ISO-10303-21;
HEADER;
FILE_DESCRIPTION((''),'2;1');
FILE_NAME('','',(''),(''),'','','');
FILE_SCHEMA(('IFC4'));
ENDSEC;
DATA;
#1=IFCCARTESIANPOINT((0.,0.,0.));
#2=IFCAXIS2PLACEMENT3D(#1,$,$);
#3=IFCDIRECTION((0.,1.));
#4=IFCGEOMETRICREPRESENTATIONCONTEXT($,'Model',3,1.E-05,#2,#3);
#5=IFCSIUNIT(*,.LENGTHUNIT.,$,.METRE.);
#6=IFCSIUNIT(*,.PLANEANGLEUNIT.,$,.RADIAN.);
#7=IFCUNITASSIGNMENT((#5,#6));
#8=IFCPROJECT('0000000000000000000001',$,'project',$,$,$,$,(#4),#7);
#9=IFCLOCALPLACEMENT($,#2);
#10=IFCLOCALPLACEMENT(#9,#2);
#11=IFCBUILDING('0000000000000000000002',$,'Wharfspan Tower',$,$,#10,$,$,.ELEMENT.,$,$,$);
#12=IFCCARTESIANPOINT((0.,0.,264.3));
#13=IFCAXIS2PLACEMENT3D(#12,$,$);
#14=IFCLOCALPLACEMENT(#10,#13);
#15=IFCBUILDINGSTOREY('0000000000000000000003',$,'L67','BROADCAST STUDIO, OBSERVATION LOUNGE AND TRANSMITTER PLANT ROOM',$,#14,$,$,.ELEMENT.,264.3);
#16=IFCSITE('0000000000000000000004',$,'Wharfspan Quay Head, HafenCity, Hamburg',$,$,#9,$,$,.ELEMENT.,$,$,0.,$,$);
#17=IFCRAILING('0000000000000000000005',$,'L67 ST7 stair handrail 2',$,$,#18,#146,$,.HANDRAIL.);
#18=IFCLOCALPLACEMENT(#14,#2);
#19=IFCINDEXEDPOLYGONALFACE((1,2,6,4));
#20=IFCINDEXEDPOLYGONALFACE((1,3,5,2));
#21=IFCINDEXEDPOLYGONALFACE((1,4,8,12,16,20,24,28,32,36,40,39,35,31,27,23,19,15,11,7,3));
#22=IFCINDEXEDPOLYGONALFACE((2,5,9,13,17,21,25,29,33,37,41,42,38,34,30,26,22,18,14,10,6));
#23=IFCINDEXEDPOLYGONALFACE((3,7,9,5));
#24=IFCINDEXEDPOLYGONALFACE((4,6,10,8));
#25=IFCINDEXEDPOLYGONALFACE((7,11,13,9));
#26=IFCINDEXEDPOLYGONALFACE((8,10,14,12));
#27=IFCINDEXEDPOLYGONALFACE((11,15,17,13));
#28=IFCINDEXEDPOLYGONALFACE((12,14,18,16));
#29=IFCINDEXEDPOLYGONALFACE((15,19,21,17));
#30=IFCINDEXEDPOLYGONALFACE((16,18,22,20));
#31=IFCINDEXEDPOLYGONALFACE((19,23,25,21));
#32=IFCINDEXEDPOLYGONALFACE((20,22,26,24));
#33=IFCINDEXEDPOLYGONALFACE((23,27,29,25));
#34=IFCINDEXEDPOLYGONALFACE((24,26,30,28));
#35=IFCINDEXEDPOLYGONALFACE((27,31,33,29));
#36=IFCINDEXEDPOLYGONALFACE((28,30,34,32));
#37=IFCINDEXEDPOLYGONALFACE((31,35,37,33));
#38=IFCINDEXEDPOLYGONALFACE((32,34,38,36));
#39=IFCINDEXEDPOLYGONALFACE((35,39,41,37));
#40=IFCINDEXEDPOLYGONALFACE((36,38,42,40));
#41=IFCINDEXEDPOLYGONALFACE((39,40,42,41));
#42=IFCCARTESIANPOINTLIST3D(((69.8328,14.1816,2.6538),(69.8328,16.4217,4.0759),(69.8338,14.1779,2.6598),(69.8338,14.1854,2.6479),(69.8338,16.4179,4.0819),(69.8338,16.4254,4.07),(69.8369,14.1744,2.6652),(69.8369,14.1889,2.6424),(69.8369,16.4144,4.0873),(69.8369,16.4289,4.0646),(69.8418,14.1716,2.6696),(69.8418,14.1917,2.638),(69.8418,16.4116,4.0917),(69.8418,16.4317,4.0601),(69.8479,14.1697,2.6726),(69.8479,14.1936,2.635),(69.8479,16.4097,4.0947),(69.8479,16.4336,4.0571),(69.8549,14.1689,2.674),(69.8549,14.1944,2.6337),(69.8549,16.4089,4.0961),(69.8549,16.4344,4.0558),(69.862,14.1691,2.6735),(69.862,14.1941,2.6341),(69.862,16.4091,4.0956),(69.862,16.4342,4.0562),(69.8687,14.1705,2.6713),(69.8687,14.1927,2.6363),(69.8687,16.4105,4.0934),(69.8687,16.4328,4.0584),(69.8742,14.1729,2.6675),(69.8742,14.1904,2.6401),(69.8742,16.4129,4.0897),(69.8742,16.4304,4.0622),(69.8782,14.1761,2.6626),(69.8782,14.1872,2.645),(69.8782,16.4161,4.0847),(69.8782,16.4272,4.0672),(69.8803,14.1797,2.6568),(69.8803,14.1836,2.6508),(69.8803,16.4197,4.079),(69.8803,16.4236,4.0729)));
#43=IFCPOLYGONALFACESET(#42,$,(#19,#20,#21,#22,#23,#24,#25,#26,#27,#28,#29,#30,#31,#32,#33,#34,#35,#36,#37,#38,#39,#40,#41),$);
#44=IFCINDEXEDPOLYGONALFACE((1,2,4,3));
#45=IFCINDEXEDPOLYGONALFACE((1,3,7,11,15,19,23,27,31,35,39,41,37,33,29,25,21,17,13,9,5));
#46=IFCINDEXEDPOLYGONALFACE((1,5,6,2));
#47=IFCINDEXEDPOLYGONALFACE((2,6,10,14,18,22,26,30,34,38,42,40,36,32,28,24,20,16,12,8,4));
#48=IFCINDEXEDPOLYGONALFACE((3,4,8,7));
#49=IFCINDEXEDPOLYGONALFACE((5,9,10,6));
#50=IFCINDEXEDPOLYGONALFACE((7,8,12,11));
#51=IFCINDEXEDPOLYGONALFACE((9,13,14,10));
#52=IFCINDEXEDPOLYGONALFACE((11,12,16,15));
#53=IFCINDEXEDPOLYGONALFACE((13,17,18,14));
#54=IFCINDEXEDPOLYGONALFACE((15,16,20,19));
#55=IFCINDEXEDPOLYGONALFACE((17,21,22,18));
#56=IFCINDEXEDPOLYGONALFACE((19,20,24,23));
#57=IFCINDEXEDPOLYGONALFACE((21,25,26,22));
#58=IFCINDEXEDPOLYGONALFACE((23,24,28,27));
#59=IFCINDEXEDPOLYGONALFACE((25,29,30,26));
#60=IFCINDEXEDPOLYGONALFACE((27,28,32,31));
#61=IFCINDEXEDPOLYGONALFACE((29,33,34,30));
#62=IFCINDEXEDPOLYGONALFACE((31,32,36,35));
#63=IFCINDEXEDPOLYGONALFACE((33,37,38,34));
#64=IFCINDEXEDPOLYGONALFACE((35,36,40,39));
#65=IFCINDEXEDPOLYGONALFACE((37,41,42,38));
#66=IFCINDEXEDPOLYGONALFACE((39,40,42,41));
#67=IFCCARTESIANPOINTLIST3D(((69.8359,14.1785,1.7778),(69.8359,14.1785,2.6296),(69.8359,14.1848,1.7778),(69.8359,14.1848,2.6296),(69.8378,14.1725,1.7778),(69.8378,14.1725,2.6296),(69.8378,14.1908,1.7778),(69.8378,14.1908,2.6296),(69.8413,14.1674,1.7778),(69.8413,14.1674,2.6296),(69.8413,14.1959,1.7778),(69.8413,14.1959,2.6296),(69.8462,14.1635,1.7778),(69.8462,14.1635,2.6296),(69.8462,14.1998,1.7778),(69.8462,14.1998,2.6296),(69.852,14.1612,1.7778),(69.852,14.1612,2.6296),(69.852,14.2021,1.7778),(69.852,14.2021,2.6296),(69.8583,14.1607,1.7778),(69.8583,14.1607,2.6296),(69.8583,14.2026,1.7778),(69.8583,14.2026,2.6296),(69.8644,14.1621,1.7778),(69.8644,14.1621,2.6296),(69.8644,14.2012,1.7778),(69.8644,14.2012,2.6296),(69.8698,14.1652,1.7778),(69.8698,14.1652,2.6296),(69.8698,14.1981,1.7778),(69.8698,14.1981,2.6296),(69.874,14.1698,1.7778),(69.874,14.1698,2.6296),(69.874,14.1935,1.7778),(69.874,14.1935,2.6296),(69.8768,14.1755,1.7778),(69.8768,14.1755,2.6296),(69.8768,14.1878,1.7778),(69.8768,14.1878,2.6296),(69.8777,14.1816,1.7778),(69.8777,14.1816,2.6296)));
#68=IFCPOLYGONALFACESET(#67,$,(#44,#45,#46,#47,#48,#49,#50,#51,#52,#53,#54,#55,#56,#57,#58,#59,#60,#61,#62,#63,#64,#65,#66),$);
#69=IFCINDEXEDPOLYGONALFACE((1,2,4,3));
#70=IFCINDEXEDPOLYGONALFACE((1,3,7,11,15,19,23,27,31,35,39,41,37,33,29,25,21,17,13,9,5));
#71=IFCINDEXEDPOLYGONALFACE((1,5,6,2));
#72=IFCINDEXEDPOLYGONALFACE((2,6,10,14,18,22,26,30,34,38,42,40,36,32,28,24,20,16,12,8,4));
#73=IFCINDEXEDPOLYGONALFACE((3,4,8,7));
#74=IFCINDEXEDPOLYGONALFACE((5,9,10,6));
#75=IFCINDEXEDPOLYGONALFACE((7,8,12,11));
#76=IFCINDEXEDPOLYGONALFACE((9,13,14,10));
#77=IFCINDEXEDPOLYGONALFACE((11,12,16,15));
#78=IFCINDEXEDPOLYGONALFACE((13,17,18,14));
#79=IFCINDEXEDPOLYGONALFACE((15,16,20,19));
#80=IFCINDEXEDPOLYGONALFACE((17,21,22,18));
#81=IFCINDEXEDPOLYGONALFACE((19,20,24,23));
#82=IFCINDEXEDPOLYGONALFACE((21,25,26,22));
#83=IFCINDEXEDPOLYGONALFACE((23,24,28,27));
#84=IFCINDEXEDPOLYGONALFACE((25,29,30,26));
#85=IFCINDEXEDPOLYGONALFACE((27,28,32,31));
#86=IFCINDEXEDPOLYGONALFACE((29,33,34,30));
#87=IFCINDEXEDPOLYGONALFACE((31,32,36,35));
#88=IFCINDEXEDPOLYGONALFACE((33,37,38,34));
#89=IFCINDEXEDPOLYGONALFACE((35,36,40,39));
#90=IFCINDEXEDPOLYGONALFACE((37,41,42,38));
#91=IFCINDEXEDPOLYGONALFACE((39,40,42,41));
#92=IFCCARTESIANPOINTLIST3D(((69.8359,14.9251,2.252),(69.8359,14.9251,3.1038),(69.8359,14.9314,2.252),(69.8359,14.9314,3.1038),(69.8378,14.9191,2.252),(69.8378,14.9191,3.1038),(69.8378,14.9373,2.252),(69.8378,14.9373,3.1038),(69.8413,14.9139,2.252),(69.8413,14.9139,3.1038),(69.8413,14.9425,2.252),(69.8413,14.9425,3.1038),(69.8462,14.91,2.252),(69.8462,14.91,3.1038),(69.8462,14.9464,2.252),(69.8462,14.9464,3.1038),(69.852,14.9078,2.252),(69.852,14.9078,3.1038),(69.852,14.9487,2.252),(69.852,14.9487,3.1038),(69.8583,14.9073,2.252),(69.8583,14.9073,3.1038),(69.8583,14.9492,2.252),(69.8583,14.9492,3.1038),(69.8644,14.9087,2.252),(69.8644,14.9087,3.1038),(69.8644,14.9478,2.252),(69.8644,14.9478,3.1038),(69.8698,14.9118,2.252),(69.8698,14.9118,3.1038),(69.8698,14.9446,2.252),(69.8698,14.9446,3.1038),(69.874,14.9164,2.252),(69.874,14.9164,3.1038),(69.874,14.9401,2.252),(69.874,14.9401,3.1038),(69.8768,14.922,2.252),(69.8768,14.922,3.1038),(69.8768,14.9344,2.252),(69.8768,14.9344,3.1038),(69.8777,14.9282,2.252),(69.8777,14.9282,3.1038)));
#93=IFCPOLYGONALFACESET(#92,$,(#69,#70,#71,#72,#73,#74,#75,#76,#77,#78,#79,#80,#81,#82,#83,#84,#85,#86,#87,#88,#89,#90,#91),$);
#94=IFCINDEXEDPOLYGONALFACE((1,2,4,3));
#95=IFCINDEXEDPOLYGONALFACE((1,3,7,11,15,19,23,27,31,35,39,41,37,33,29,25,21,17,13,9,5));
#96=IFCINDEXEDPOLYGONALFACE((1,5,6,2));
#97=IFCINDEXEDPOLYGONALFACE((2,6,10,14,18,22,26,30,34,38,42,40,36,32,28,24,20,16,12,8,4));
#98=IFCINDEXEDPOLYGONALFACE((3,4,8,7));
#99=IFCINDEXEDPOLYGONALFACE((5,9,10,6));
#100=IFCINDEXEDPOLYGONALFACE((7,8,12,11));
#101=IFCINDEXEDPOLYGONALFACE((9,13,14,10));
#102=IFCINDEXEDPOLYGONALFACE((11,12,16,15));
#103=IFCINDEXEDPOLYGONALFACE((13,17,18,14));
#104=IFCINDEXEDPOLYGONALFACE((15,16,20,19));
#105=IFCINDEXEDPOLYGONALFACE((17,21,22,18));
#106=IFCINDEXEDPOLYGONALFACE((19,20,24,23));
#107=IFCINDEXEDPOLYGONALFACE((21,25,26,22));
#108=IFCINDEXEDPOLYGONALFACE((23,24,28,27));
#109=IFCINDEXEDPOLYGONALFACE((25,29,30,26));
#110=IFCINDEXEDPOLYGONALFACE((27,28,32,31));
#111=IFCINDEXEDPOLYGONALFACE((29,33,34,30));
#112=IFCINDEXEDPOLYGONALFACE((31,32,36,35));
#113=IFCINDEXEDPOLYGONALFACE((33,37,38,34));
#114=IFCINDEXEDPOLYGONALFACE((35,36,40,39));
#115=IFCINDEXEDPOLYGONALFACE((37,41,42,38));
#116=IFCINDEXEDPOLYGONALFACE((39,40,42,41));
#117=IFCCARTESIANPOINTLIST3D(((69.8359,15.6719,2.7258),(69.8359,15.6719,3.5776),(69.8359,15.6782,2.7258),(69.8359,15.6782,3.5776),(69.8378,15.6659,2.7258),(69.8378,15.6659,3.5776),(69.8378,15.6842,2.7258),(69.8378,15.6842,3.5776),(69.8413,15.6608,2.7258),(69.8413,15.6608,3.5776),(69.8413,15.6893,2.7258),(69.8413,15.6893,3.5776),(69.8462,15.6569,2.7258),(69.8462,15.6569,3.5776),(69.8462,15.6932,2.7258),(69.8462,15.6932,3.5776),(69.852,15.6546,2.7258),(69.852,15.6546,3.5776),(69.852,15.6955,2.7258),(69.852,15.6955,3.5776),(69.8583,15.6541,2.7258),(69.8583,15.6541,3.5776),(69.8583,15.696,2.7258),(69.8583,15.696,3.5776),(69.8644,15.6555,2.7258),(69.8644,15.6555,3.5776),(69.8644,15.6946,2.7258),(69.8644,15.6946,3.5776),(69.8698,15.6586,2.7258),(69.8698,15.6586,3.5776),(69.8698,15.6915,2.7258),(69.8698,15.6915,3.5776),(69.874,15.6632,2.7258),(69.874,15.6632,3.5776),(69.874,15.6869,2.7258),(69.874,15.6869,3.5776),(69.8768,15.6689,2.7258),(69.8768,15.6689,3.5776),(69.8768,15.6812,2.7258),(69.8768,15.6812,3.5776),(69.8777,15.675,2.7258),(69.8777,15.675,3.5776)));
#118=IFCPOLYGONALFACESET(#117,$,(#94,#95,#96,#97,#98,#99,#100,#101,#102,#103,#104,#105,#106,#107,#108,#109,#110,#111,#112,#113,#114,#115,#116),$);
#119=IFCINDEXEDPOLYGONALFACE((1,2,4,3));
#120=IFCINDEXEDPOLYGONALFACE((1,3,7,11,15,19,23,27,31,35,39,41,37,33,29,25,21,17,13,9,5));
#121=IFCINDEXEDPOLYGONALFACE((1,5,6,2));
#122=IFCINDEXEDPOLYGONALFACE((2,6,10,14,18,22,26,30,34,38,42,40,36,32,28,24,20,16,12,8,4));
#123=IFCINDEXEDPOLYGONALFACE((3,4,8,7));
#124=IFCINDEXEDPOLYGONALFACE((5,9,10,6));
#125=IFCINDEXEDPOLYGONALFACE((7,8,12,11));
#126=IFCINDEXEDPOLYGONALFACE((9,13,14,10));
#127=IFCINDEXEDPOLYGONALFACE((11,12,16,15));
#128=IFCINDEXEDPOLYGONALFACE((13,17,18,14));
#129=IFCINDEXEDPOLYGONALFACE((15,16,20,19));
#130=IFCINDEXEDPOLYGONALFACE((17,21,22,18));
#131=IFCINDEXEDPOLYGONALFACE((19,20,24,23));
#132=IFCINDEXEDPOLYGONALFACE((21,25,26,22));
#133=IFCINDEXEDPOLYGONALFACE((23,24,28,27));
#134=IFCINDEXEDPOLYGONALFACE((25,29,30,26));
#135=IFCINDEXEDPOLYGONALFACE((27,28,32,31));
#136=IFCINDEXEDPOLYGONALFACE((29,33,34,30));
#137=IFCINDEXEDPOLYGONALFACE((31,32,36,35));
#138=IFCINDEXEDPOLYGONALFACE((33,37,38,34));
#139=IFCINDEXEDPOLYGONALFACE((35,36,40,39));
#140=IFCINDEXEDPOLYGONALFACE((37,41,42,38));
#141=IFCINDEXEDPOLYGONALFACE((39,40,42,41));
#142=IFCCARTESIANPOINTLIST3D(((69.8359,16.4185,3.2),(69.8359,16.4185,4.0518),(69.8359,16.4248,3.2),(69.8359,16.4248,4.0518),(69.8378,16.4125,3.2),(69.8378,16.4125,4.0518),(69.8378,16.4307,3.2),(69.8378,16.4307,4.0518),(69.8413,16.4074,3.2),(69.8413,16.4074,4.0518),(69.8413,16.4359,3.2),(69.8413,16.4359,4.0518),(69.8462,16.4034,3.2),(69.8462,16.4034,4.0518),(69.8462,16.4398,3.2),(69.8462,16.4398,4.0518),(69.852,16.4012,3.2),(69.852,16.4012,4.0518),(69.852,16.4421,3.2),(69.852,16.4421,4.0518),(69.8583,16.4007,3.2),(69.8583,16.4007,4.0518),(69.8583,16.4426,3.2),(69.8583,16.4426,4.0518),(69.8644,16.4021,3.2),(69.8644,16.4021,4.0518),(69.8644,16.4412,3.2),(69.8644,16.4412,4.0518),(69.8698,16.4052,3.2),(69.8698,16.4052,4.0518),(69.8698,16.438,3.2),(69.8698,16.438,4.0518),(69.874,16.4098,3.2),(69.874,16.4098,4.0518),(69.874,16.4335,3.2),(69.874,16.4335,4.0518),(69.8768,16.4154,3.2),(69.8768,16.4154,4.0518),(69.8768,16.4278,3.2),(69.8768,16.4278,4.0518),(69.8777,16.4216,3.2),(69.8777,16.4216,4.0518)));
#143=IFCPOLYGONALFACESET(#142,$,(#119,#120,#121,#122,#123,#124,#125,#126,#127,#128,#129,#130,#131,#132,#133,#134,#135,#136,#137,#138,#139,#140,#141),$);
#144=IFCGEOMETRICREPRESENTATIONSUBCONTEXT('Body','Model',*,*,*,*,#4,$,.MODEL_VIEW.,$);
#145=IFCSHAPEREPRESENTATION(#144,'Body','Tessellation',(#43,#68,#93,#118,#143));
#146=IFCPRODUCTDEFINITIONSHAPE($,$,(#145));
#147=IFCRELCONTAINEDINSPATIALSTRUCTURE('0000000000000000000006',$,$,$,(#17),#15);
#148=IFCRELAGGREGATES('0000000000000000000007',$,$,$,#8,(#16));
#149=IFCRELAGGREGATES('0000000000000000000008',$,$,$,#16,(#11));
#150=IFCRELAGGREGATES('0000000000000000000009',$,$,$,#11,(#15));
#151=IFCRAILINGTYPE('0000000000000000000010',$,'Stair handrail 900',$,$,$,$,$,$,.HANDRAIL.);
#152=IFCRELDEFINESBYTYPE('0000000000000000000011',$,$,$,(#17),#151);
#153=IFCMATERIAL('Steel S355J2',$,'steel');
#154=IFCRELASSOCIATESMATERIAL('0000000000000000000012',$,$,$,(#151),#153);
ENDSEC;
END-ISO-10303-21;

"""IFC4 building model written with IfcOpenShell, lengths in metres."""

from ifc_helpers import new_model, si_unit, direction, frame, origin, origin_2d, place, context, subcontext, project, spatial, circle, extrude, material, type_object, element, save


model = new_model("IFC4")

# Units and contexts
model_context = context("Model", 3, precision=1e-05, world=origin(), true_north=direction((0.0, 1.0)))
body_context = subcontext(model_context, "Body", "Model", "MODEL_VIEW")
ifc_project = project(units=[si_unit("LENGTHUNIT", "METRE"), si_unit("PLANEANGLEUNIT", "RADIAN")], contexts=[model_context])

# Site, building, storey
site_placement = place(None, origin())
site = spatial("IfcSite", under=ifc_project, at=site_placement, Name="Wharfspan Quay Head, HafenCity, Hamburg", CompositionType="ELEMENT", RefElevation=0.0)
building_placement = place(site_placement, origin())
building = spatial("IfcBuilding", under=site, at=building_placement, Name="Wharfspan Tower", CompositionType="ELEMENT")
storey_placement = place(building_placement, frame((0.0, 0.0, 264.3)))
storey = spatial("IfcBuildingStorey", under=building, at=storey_placement, Name="L67", Description="BROADCAST STUDIO, OBSERVATION LOUNGE AND TRANSMITTER PLANT ROOM", CompositionType="ELEMENT", Elevation=264.3)

# Shared definitions
ifc_material_1 = material(Name="Steel S355J2", Category="steel")

# Railing
railing_type_1 = type_object("IfcRailingType", Name="Stair handrail 900", PredefinedType="HANDRAIL", material=ifc_material_1)
railing_1_placement = place(storey_placement, frame((69.8567, 14.1816, 1.7778)))
element("IfcRailing", 1, at=railing_1_placement, inside=storey, type_object=railing_type_1, Name="L67 ST7 stair handrail 2", PredefinedType="HANDRAIL", context=body_context, shape_type="SweptSolid", body=[
    extrude(circle(Radius=0.0239, at=origin_2d()), frame((0.0, 0.0, 0.876), z_axis=(0.0, 0.844229, 0.535982), x_axis=(-1.0, 0.0, 0.0)), (0.0, 0.0, 1.0), 2.6533),
    extrude(circle(Radius=0.021, at=origin_2d()), origin(), (0.0, 0.0, 1.0), 0.8518),
    extrude(circle(Radius=0.021, at=origin_2d()), frame((0.0, 0.7466, 0.4741)), (0.0, 0.0, 1.0), 0.8518),
    extrude(circle(Radius=0.021, at=origin_2d()), frame((0.0, 1.4934, 0.948)), (0.0, 0.0, 1.0), 0.8518),
    extrude(circle(Radius=0.021, at=origin_2d()), frame((0.0, 2.24, 1.4221)), (0.0, 0.0, 1.0), 0.8518),
])

save(model, "model.ifc")
